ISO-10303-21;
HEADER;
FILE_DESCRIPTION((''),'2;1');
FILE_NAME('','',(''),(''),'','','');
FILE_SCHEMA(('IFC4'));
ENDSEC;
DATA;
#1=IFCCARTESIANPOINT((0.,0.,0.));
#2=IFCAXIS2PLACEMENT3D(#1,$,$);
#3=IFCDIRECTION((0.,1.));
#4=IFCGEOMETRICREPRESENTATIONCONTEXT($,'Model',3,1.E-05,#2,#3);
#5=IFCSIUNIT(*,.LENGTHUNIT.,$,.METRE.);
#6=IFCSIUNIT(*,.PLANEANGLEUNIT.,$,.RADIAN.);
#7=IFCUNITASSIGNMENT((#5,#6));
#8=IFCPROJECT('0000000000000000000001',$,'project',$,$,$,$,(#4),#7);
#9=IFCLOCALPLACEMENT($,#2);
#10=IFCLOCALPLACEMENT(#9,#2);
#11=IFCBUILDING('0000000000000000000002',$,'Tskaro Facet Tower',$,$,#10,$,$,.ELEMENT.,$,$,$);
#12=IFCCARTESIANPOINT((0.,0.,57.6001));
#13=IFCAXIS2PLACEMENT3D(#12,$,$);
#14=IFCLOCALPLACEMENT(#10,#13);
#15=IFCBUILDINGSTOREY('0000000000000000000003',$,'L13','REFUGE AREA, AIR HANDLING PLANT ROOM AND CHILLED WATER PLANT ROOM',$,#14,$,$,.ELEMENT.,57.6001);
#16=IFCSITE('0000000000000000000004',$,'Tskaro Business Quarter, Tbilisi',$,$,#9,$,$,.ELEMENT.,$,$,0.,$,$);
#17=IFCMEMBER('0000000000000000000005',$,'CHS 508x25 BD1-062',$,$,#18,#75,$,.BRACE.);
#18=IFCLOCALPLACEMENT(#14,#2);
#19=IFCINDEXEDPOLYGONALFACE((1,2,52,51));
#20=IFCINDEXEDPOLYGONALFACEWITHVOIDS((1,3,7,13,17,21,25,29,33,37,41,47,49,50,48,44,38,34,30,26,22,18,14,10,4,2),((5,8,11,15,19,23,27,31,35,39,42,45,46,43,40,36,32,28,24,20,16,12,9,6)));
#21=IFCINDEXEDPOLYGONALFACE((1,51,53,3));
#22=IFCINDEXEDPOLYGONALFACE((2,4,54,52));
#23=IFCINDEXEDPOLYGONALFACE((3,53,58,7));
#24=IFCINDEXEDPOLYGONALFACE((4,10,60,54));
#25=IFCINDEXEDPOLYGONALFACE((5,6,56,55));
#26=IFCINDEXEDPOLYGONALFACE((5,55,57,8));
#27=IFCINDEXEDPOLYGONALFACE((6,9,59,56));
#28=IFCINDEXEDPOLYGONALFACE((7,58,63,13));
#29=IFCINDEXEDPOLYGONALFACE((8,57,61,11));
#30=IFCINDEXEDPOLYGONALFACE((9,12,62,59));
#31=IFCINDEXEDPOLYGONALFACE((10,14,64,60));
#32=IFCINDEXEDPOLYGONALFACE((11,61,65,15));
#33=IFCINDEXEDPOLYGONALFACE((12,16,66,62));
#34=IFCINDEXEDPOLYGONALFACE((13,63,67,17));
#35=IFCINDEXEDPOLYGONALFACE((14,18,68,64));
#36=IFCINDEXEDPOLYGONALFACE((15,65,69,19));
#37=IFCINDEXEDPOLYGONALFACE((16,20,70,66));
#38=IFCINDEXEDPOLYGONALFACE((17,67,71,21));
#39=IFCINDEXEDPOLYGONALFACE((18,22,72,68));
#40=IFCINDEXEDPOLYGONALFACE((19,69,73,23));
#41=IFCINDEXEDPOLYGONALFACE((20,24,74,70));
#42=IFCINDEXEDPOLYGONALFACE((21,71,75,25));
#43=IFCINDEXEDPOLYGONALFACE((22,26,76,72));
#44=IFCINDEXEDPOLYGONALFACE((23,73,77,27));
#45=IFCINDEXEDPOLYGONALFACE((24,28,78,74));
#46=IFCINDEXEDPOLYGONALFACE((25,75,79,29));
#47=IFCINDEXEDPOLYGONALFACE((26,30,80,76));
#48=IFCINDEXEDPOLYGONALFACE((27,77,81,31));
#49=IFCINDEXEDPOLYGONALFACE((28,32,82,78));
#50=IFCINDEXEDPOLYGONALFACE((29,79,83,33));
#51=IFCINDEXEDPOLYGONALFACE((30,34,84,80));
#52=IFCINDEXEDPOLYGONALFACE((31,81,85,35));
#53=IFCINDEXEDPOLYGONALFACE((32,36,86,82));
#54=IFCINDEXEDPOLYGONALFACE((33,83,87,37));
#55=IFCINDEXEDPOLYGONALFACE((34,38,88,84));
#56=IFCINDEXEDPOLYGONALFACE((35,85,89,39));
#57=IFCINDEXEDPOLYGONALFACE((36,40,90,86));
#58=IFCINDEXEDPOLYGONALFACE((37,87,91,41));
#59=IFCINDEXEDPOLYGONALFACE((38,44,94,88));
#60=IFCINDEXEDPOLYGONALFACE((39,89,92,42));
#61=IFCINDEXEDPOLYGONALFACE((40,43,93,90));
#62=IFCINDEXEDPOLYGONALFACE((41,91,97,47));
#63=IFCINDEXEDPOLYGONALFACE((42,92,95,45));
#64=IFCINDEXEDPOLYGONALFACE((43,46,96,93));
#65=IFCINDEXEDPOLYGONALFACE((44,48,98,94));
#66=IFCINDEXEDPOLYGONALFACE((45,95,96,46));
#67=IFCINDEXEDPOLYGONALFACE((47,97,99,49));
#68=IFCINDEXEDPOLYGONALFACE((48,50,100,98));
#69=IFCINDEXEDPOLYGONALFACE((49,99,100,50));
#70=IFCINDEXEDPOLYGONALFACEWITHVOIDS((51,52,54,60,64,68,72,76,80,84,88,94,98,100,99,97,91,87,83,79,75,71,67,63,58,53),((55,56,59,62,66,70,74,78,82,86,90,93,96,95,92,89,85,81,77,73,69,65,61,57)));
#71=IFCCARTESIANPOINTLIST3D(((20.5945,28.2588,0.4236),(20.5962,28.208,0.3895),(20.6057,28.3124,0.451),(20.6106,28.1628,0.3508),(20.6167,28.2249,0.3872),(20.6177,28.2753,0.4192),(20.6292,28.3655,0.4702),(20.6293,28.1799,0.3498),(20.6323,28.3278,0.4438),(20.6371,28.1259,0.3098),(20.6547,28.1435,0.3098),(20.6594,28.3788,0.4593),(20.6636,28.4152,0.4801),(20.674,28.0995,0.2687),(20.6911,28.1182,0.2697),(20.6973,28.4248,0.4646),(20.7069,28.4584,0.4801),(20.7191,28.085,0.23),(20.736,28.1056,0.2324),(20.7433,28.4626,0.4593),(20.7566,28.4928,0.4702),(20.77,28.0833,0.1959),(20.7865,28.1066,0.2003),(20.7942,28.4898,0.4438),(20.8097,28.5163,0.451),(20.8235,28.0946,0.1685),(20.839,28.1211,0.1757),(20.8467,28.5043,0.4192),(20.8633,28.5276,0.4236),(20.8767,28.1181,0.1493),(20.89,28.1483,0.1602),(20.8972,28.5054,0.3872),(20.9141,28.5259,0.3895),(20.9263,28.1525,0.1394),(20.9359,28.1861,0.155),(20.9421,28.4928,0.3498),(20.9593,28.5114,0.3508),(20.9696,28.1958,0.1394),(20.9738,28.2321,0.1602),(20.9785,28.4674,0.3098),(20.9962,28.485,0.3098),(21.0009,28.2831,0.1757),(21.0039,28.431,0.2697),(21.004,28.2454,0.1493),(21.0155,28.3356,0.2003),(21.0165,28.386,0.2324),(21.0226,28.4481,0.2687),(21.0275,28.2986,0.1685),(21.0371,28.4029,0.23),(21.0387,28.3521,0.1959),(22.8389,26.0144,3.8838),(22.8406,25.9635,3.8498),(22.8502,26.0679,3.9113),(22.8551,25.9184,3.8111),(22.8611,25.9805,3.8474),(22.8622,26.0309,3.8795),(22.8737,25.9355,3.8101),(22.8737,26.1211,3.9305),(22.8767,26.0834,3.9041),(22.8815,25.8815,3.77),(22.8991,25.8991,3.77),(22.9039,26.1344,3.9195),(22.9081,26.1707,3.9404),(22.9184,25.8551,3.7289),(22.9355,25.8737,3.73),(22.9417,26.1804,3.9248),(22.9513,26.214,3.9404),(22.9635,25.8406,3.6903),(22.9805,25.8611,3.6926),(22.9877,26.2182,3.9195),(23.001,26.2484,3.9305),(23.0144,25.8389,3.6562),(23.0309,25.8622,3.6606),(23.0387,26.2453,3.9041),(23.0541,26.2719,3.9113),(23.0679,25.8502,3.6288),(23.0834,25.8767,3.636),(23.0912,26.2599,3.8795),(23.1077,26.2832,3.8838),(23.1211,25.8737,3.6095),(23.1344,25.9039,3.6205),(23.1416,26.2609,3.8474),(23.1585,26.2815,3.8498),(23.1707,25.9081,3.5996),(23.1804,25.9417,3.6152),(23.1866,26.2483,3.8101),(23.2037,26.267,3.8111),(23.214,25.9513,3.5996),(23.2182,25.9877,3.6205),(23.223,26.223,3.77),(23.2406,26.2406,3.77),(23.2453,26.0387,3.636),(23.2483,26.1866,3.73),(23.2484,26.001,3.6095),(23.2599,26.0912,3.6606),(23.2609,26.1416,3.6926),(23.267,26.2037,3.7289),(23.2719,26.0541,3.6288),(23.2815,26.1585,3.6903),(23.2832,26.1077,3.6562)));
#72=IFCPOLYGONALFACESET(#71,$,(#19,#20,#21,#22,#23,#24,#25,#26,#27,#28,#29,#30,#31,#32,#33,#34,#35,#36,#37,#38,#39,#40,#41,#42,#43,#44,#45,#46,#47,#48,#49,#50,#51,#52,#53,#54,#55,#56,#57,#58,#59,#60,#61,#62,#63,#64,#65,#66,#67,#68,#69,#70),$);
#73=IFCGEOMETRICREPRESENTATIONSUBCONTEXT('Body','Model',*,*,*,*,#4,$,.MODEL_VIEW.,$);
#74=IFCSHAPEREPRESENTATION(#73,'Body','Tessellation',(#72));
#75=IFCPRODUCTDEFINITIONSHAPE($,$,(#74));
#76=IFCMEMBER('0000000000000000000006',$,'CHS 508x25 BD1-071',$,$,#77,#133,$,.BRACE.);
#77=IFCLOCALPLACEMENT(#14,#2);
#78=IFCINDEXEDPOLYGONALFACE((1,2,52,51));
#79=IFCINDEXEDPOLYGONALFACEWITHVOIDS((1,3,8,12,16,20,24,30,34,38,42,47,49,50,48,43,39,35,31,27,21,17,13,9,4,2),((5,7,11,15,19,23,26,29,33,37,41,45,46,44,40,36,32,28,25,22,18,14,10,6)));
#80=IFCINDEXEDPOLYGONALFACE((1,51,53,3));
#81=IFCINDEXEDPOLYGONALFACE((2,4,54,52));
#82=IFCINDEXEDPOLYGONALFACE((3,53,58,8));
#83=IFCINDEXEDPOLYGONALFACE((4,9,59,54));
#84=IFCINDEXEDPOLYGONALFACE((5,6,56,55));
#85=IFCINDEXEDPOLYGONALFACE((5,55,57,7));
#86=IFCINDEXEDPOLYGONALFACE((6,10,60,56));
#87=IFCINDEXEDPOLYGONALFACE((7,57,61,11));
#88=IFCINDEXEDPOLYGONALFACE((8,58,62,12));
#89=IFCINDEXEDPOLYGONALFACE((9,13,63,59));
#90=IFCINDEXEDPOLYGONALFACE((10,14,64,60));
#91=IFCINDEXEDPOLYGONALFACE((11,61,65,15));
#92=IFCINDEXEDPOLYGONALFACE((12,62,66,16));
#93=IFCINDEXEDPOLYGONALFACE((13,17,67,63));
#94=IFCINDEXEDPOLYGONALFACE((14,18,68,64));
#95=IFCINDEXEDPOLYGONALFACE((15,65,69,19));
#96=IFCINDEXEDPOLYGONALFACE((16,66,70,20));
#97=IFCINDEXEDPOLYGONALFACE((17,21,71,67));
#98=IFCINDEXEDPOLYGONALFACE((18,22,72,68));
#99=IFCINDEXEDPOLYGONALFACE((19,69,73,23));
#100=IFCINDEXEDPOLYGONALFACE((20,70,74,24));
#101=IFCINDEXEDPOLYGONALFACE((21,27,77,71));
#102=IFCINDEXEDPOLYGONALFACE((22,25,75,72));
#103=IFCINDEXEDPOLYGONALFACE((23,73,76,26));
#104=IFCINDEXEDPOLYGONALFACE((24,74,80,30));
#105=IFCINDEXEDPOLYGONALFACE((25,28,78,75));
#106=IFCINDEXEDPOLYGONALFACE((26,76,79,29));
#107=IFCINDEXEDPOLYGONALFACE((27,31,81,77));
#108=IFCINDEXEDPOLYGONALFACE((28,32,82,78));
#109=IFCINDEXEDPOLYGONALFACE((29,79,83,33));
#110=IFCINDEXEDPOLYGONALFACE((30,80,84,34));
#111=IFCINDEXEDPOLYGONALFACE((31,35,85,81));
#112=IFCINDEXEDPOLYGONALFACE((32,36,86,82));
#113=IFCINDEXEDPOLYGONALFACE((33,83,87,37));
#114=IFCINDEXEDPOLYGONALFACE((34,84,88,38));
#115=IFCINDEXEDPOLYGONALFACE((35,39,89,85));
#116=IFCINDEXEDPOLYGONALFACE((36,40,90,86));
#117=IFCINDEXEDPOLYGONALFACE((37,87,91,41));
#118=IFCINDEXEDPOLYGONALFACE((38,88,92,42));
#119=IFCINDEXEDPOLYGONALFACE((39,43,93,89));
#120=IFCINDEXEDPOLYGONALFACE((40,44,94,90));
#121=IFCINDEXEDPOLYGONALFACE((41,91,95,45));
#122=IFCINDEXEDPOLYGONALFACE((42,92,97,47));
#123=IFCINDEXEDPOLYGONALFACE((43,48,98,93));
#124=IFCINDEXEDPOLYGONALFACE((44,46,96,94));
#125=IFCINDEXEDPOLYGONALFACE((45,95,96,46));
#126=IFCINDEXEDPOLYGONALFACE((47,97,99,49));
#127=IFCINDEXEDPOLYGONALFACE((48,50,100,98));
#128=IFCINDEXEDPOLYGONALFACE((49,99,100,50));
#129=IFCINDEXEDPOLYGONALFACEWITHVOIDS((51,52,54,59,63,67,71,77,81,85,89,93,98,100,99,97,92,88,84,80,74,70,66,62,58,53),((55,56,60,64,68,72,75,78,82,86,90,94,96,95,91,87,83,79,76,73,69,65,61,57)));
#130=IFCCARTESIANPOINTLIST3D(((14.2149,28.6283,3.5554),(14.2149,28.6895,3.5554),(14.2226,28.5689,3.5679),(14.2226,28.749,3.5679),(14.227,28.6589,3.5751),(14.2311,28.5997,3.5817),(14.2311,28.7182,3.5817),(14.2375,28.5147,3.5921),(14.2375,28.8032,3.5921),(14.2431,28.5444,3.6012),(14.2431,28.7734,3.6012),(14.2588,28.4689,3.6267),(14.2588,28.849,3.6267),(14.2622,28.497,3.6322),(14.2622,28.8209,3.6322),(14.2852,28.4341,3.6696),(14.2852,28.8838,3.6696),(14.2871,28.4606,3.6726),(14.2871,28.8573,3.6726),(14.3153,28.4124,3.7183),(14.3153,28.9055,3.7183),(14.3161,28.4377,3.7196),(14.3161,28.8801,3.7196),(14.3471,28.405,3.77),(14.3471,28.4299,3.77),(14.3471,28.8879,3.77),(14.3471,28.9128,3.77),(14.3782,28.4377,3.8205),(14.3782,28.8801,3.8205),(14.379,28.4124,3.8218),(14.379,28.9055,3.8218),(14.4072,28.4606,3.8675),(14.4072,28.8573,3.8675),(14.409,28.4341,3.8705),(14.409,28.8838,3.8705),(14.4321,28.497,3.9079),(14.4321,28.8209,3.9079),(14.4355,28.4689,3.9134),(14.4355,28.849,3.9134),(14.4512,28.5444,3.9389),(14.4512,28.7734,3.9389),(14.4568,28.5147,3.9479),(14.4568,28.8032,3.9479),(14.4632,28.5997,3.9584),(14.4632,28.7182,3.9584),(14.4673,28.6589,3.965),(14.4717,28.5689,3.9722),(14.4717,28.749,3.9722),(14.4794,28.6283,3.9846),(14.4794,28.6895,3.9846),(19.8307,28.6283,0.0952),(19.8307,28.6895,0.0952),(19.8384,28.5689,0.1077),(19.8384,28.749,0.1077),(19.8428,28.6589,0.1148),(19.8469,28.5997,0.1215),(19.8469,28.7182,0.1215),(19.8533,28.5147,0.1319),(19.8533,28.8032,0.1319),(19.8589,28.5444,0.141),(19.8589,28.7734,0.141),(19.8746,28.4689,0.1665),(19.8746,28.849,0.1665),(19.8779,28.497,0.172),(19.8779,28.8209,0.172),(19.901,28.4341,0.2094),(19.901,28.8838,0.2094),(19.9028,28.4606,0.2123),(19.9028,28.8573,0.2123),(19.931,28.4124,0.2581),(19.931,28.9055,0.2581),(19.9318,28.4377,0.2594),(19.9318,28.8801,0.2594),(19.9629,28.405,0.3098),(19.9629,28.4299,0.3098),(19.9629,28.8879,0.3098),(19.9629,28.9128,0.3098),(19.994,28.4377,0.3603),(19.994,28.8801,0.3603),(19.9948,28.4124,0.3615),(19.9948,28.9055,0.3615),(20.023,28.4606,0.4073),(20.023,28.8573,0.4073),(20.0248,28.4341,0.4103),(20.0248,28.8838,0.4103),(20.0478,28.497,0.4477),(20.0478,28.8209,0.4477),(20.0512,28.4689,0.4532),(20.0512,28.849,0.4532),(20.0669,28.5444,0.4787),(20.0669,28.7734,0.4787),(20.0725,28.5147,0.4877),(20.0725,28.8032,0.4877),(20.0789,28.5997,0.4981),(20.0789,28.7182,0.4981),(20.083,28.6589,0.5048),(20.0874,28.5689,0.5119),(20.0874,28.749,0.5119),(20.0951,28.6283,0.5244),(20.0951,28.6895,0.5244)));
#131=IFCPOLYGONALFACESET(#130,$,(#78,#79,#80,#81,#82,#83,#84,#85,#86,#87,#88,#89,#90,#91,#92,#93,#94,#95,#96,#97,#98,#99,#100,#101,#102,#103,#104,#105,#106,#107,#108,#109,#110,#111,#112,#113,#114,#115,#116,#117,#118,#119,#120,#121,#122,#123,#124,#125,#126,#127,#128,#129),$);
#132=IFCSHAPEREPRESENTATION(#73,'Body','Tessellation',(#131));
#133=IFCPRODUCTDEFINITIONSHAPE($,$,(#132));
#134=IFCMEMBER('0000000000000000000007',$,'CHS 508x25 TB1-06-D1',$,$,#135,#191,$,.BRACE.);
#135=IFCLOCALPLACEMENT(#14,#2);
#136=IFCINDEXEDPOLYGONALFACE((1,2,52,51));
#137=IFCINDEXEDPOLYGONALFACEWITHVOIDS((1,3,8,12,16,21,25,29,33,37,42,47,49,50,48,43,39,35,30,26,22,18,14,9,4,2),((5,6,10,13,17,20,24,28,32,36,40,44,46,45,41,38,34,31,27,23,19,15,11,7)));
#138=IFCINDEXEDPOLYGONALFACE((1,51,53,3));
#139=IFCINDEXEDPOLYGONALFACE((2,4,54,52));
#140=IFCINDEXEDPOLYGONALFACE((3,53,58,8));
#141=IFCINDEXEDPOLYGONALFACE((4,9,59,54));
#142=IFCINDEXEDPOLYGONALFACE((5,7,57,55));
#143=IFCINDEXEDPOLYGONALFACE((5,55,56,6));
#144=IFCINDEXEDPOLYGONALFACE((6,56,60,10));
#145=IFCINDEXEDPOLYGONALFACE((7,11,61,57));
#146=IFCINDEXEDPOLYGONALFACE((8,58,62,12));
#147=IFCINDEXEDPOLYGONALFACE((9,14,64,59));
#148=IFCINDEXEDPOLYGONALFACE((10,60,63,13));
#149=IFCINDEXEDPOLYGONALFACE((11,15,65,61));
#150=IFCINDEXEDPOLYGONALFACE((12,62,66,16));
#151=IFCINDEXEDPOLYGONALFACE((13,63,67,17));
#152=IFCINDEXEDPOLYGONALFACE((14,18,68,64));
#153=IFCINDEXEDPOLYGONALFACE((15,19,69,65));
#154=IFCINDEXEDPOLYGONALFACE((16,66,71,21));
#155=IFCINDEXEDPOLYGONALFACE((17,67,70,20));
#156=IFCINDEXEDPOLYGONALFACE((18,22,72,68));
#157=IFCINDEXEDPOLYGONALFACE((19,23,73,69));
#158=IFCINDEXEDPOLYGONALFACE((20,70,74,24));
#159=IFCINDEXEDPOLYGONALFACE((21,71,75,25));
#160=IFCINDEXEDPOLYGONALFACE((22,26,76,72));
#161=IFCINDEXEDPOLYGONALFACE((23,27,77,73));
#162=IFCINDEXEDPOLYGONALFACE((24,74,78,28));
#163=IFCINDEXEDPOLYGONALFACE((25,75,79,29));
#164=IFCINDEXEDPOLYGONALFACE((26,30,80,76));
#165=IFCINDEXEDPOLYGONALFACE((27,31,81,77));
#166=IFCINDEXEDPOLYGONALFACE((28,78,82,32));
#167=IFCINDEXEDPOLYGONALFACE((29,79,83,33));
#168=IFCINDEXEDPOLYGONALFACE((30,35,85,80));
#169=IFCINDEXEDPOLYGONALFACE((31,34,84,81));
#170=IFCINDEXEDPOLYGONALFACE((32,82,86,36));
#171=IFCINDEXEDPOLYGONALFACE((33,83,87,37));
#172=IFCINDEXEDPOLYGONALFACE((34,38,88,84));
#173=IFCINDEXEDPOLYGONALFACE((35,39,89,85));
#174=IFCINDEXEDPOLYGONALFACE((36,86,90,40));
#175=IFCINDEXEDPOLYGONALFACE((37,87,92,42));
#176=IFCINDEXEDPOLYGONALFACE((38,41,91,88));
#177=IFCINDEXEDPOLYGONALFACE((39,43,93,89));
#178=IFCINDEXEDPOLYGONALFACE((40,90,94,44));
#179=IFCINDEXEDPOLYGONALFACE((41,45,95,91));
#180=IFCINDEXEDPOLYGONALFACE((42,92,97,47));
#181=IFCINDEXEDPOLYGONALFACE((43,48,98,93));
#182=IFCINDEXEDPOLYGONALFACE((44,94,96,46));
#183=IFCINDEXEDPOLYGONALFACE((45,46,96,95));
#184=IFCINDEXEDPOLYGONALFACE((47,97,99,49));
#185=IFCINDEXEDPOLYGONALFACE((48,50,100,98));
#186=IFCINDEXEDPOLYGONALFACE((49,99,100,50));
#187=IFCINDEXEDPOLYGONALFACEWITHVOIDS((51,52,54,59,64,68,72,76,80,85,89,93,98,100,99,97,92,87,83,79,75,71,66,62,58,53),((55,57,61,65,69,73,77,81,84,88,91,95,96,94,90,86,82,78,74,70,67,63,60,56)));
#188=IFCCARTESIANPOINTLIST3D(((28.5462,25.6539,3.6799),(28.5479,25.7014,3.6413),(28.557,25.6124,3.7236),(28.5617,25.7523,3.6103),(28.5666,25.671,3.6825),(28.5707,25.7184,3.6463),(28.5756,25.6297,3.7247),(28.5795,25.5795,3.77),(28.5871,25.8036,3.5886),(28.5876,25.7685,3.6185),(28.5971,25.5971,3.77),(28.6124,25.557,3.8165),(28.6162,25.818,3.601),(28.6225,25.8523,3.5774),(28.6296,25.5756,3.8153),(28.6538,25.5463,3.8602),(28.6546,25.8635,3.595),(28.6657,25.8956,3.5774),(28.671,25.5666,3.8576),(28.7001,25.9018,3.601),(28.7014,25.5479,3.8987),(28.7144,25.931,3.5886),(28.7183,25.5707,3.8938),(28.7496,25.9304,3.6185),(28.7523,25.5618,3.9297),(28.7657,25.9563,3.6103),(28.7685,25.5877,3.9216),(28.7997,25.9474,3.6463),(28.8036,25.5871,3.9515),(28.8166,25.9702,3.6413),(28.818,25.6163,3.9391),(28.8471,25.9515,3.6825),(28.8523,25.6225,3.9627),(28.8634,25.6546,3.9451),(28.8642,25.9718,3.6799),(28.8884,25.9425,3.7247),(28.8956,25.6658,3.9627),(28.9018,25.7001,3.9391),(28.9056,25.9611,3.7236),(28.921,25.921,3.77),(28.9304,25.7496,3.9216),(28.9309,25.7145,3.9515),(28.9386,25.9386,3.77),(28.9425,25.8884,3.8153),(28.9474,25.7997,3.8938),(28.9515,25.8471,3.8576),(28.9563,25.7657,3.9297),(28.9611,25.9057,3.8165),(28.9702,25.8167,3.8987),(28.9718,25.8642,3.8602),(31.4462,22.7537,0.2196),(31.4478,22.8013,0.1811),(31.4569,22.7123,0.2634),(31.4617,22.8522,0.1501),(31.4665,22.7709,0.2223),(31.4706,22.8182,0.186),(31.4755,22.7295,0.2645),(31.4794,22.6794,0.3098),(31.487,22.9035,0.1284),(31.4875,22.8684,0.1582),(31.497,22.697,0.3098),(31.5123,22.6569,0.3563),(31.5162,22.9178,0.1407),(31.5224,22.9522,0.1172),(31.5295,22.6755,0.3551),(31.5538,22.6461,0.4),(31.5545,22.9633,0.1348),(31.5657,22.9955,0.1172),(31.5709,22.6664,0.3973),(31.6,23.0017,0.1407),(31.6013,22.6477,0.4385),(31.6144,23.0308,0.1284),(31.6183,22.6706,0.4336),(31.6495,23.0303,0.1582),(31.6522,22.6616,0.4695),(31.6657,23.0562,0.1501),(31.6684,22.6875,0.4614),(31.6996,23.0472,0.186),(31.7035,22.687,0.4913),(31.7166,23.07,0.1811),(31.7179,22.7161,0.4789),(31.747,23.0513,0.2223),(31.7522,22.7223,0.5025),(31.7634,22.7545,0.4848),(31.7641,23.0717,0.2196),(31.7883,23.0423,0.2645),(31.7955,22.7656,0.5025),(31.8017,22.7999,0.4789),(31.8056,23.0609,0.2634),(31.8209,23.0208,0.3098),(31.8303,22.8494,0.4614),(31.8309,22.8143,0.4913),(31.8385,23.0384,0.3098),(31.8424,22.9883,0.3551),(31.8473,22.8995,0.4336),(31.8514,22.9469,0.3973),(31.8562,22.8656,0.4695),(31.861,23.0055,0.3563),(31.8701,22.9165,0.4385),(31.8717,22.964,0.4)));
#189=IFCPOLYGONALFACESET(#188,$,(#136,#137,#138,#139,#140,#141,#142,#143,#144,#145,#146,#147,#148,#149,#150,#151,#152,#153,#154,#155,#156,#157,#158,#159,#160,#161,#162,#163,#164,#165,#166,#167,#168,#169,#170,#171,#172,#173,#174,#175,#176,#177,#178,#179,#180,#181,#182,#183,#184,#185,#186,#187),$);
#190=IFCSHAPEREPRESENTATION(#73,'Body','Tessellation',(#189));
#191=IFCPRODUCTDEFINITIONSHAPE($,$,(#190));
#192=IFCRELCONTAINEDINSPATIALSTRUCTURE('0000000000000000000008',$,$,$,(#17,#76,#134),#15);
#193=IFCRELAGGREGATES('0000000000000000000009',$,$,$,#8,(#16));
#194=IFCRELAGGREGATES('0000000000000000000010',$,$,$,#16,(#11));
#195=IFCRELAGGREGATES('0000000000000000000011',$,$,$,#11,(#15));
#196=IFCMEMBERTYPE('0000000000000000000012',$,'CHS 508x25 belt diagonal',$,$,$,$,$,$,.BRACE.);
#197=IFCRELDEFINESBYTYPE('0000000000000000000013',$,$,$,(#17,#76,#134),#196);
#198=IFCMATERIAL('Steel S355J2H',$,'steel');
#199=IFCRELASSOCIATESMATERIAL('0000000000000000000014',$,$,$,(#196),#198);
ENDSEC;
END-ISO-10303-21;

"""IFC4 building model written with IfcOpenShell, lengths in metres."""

from ifc_helpers import new_model, si_unit, direction, frame, origin, origin_2d, place, context, subcontext, project, spatial, hollow_circle, extrude, material, material_profile, profile_set, type_object, element, save


model = new_model("IFC4")

# Units and contexts
model_context = context("Model", 3, precision=1e-05, world=origin(), true_north=direction((0.0, 1.0)))
body_context = subcontext(model_context, "Body", "Model", "MODEL_VIEW")
ifc_project = project(units=[si_unit("LENGTHUNIT", "METRE"), si_unit("PLANEANGLEUNIT", "RADIAN")], contexts=[model_context])

# Site, building, storey
site_placement = place(None, origin())
site = spatial("IfcSite", under=ifc_project, at=site_placement, Name="Tskaro Business Quarter, Tbilisi", CompositionType="ELEMENT", RefElevation=0.0)
building_placement = place(site_placement, origin())
building = spatial("IfcBuilding", under=site, at=building_placement, Name="Tskaro Facet Tower", CompositionType="ELEMENT")
storey_placement = place(building_placement, frame((0.0, 0.0, 57.6001)))
storey = spatial("IfcBuildingStorey", under=building, at=storey_placement, Name="L13", Description="REFUGE AREA, AIR HANDLING PLANT ROOM AND CHILLED WATER PLANT ROOM", CompositionType="ELEMENT", Elevation=57.6001)

# Members
ifc_material_1 = material(Name="Steel S355J2H", Category="steel")
ifc_material_profile_1 = material_profile(ifc_material_1, hollow_circle(Radius=0.2539, WallThickness=0.0249, at=origin_2d()), Name="CHS 508x25")
ifc_profile_set_1 = profile_set([ifc_material_profile_1], Name="Steel S355J2H")
member_type_1 = type_object("IfcMemberType", Name="CHS 508x25 belt diagonal", PredefinedType="BRACE", material=ifc_profile_set_1)
for number, where, z_axis, x_axis, name in (
    (1, (23.061, 26.061, 3.77), (-0.477988, 0.477988, -0.736922), (-0.707107, -0.707107, 0.0), "CHS 508x25 BD1-062"),
):
    element("IfcMember", number, at=place(storey_placement, frame(where, z_axis=z_axis, x_axis=x_axis)), inside=storey, type_object=member_type_1, Name=name, PredefinedType="BRACE", context=body_context, shape_type="SweptSolid", body=[
        extrude(hollow_circle(Radius=0.2539, WallThickness=0.0249, at=origin_2d()), origin(), (0.0, 0.0, 1.0), 4.6956),
    ])
member_placement = place(storey_placement, frame((19.9629, 28.6589, 0.3098), z_axis=(-0.851362, 0.0, 0.524579), x_axis=(0.0, -1.0, 0.0)))
element("IfcMember", 2, at=member_placement, inside=storey, type_object=member_type_1, Name="CHS 508x25 BD1-071", PredefinedType="BRACE", context=body_context, shape_type="SweptSolid", body=[
    extrude(hollow_circle(Radius=0.2539, WallThickness=0.0249, at=origin_2d()), origin(), (0.0, 0.0, 1.0), 6.5962),
])
for number, where, z_axis, x_axis, name in (
    (3, (31.6589, 22.8589, 0.3098), (-0.540428, 0.540473, 0.644846), (-0.707137, -0.707077, 0.0), "CHS 508x25 TB1-06-D1"),
):
    element("IfcMember", number, at=place(storey_placement, frame(where, z_axis=z_axis, x_axis=x_axis)), inside=storey, type_object=member_type_1, Name=name, PredefinedType="BRACE", context=body_context, shape_type="SweptSolid", body=[
        extrude(hollow_circle(Radius=0.2539, WallThickness=0.0249, at=origin_2d()), origin(), (0.0, 0.0, 1.0), 5.366),
    ])

save(model, "model.ifc")
